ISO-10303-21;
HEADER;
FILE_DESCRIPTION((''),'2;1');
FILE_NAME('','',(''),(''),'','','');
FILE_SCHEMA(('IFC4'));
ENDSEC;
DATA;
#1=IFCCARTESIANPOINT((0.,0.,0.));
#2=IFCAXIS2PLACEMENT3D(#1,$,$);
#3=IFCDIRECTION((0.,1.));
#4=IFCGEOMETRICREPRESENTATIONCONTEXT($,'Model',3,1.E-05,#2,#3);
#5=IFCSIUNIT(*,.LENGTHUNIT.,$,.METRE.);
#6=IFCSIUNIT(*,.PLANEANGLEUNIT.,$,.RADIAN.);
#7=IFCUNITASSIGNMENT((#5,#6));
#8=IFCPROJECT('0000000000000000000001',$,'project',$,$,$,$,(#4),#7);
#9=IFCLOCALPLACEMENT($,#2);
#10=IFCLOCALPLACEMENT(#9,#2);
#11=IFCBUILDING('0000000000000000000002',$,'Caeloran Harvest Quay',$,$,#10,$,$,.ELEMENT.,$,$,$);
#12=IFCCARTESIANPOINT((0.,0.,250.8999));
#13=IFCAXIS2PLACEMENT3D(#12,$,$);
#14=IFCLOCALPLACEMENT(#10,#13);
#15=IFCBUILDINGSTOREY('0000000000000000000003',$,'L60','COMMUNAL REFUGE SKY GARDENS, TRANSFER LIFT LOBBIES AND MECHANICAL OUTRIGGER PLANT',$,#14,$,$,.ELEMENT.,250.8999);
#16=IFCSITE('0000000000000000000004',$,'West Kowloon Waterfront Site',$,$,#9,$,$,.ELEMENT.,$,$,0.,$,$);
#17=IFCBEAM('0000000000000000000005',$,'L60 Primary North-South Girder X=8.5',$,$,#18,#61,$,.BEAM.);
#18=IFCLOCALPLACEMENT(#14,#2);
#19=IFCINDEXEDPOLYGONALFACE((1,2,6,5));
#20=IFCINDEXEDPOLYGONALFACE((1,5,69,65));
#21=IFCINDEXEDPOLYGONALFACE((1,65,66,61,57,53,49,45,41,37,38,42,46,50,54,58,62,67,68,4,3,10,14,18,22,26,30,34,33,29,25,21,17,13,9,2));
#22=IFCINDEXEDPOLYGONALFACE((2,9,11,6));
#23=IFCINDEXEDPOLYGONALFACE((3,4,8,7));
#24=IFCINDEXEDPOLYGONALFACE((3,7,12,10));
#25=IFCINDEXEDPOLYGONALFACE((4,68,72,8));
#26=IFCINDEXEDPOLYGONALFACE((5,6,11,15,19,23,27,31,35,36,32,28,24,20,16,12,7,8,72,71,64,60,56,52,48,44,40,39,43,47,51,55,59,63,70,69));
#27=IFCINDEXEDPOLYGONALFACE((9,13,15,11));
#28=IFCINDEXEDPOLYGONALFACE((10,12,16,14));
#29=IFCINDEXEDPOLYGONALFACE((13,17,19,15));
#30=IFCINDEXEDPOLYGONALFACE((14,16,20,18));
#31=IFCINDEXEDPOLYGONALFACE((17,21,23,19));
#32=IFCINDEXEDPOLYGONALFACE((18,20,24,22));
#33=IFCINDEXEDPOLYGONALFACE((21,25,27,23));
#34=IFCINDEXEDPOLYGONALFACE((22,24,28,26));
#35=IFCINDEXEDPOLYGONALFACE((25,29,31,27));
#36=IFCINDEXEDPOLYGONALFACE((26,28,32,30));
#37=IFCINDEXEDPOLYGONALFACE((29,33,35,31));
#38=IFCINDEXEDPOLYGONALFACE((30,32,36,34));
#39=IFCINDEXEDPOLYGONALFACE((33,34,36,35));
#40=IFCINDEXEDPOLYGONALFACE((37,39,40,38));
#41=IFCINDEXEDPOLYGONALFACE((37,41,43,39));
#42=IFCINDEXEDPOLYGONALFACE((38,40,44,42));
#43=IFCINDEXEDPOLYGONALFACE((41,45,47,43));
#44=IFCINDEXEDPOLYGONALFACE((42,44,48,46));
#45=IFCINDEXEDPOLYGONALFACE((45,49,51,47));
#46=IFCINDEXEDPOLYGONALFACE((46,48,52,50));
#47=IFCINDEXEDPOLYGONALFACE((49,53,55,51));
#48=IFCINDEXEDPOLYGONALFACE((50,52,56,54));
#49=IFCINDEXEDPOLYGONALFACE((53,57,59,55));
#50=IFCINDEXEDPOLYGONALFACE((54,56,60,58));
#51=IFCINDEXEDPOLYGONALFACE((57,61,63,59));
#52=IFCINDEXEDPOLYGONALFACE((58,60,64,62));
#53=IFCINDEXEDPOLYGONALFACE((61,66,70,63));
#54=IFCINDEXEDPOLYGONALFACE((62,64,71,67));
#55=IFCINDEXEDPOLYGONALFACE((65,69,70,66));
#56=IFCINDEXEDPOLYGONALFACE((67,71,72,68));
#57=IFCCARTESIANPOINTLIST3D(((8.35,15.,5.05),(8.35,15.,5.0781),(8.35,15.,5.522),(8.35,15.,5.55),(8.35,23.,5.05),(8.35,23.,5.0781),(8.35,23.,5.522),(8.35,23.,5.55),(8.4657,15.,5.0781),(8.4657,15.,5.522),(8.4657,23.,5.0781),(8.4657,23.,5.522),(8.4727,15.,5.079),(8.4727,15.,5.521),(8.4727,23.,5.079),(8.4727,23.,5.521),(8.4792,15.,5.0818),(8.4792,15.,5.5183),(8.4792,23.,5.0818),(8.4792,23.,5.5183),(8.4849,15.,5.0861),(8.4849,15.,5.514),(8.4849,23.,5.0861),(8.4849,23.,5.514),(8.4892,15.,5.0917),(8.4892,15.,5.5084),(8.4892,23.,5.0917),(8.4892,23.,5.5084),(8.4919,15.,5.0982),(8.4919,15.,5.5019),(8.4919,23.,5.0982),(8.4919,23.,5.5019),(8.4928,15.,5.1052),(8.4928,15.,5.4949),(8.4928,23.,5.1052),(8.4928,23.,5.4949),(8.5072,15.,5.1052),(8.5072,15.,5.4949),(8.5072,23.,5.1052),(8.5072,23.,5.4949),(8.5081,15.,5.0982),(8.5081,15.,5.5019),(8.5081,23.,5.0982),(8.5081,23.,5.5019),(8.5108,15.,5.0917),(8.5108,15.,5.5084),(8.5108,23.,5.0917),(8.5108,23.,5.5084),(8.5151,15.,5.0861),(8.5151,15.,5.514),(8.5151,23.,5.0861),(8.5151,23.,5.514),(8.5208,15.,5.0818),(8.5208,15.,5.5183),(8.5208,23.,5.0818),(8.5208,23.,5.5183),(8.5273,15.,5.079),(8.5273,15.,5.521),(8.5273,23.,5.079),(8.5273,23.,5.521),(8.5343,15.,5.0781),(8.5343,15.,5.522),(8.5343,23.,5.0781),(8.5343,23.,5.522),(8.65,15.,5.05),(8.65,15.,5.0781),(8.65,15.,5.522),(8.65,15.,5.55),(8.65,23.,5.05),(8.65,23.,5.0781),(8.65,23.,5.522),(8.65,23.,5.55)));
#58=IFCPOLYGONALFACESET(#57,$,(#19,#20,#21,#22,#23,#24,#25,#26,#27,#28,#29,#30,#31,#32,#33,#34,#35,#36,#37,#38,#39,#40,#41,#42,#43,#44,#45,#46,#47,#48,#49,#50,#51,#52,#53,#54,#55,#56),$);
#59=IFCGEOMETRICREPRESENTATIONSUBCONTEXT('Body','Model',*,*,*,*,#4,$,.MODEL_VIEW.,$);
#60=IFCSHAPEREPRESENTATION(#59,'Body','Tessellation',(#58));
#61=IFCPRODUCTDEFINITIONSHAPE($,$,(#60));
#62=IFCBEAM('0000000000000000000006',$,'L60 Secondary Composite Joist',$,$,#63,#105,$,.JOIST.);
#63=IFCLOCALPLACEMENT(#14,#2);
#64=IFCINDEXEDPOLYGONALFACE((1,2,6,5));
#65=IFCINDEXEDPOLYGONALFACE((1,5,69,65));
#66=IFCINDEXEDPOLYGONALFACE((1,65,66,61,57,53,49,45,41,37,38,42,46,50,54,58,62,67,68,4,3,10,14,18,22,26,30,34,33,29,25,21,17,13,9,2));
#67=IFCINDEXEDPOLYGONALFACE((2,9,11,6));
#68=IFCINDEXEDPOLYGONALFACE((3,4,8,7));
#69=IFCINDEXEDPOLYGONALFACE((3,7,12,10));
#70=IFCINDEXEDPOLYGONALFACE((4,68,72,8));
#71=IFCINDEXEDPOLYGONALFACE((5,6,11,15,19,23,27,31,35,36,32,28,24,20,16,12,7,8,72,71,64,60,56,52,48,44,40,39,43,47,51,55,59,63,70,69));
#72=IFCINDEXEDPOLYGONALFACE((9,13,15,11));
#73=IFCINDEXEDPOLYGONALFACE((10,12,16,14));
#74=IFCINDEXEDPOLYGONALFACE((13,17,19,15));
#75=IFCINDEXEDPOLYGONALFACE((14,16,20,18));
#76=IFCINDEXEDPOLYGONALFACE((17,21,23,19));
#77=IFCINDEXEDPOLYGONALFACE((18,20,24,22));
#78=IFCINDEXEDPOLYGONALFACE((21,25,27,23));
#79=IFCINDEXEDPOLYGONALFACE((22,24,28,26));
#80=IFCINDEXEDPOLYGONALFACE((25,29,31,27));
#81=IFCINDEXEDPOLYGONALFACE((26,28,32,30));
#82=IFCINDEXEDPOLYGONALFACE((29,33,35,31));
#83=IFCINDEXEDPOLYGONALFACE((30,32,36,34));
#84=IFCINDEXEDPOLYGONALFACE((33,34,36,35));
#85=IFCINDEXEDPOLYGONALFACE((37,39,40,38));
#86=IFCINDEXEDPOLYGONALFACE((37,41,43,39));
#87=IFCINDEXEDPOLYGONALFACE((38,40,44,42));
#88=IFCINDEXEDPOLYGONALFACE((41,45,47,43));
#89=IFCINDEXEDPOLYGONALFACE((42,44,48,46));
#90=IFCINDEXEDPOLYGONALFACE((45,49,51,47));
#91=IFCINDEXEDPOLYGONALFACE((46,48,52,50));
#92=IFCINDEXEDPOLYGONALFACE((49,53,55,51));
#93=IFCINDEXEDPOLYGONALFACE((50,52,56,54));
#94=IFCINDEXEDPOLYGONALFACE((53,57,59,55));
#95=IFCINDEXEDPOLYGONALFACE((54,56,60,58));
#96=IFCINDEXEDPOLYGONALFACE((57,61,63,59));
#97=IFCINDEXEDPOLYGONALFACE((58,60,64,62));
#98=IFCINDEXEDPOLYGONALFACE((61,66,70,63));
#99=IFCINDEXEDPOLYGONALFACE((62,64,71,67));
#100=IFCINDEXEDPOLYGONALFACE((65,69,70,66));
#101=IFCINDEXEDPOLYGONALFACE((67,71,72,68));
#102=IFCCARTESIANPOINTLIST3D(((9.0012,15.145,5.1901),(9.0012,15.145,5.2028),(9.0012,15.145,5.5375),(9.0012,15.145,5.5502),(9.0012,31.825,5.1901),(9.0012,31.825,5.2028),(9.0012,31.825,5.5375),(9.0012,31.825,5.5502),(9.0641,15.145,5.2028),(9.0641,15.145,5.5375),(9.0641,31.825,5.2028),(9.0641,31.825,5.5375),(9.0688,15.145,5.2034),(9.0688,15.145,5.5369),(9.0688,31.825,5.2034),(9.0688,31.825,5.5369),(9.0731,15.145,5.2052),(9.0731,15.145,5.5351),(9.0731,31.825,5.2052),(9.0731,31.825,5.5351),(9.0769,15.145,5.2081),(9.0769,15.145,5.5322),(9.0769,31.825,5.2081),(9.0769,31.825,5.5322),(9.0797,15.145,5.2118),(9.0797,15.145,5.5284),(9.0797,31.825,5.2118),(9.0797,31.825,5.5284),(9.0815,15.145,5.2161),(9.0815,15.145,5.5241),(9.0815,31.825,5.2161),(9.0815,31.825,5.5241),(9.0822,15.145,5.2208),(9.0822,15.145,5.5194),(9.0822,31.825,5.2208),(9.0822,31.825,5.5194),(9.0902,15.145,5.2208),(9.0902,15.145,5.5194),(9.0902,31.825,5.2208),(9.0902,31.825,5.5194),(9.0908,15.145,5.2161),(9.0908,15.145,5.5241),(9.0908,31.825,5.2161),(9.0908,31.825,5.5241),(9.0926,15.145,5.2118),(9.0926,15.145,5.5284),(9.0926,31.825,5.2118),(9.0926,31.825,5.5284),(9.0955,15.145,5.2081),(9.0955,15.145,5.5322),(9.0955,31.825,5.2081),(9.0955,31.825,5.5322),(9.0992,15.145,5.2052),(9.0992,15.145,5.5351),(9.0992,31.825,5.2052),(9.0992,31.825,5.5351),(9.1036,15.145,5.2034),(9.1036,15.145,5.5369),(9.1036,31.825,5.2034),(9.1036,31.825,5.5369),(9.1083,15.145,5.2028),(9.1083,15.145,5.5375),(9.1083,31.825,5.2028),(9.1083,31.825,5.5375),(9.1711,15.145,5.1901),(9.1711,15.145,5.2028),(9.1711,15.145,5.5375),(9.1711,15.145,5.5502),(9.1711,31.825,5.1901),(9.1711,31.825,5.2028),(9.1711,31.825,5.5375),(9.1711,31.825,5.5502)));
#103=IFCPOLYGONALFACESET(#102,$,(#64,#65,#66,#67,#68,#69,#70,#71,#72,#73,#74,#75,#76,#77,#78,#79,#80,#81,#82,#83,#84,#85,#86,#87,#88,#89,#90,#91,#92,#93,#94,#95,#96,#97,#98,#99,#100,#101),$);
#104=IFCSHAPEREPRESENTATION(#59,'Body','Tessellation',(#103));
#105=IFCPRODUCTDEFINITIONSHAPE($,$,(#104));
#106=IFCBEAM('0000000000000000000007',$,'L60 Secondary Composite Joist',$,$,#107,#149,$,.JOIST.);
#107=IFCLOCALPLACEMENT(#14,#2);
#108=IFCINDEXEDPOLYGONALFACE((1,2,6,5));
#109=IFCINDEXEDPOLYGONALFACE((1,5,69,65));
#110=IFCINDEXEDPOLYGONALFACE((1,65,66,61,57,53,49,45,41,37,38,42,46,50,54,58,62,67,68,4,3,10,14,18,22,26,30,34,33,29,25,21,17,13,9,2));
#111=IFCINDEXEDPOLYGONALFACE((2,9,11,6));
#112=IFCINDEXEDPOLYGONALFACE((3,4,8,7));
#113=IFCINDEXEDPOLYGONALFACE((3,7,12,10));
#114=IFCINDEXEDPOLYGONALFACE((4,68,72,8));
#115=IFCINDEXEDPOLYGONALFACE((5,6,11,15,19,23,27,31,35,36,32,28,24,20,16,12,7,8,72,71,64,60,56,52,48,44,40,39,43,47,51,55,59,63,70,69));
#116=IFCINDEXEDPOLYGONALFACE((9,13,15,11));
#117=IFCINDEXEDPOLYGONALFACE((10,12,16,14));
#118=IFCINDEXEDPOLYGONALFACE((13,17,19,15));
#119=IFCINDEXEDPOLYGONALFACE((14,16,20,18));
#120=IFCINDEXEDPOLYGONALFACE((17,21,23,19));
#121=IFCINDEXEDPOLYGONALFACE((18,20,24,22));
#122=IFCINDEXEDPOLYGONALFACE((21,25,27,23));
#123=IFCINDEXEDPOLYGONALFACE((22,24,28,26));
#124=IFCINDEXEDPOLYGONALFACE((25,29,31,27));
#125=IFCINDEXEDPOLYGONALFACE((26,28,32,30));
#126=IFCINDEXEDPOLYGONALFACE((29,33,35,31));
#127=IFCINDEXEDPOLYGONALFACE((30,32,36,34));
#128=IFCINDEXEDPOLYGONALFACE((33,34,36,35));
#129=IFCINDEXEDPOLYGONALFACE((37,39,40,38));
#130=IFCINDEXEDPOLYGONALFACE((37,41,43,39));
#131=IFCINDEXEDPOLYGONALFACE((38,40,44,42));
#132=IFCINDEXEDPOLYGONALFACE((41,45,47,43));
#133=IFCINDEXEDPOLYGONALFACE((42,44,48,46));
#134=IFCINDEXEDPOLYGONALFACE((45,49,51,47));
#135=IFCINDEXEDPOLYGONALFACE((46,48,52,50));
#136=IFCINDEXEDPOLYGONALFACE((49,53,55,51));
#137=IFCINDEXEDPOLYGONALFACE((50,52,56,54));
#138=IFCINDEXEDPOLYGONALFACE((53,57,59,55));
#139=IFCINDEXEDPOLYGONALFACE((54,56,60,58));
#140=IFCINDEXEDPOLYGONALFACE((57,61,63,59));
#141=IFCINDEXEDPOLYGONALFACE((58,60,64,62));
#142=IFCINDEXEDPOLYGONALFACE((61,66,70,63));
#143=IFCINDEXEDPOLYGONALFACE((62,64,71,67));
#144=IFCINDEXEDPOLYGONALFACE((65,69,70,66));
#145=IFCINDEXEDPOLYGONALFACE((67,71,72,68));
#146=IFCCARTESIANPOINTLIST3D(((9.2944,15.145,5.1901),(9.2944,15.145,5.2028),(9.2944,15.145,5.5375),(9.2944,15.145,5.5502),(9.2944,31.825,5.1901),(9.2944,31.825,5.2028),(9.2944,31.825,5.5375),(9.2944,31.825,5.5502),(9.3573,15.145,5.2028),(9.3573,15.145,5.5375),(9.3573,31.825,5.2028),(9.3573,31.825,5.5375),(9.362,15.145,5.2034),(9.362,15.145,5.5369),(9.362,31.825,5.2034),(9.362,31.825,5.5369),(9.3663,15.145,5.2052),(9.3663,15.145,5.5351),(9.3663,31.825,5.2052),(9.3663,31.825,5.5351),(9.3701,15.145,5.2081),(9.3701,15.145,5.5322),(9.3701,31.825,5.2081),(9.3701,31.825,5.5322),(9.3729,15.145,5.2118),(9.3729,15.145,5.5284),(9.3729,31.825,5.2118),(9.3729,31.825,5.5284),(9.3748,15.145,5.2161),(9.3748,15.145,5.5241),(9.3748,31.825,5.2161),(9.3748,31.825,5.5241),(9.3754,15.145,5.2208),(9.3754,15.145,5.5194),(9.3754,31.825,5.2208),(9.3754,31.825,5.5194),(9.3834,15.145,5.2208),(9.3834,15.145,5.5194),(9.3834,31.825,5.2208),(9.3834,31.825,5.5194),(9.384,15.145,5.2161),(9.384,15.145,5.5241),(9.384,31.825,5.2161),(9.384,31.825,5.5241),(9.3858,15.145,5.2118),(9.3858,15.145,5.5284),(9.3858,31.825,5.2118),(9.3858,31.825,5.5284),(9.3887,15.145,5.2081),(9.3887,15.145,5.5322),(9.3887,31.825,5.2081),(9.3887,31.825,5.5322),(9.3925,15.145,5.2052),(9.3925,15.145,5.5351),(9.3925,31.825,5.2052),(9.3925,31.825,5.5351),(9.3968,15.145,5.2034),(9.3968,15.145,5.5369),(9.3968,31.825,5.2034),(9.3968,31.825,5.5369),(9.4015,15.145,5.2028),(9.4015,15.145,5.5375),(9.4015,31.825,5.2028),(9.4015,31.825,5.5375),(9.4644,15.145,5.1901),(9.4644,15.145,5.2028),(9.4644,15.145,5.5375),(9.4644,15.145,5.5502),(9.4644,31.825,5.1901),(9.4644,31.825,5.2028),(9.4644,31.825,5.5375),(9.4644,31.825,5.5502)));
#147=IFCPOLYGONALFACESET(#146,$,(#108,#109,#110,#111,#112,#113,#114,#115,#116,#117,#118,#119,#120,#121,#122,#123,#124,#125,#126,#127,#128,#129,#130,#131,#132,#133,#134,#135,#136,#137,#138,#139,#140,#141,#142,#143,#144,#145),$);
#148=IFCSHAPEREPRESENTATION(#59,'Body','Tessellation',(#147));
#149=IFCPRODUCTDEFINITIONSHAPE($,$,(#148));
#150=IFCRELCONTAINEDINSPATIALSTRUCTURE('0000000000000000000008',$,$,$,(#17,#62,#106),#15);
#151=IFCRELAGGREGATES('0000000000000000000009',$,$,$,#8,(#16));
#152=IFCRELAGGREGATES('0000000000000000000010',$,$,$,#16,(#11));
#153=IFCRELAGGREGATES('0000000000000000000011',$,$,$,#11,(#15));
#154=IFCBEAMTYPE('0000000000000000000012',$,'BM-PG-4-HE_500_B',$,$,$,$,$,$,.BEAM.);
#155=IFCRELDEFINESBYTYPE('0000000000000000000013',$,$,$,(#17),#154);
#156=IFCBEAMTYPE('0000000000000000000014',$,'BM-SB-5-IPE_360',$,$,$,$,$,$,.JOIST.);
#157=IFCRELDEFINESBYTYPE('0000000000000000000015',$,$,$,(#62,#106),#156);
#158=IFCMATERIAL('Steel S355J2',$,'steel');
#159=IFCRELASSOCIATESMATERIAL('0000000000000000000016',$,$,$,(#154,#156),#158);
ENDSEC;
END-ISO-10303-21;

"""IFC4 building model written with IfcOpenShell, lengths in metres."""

from ifc_helpers import new_model, si_unit, direction, frame, origin, origin_2d, place, context, subcontext, project, spatial, i_section, extrude, material, material_profile, profile_set, type_object, element, save


model = new_model("IFC4")

# Units and contexts
model_context = context("Model", 3, precision=1e-05, world=origin(), true_north=direction((0.0, 1.0)))
body_context = subcontext(model_context, "Body", "Model", "MODEL_VIEW")
ifc_project = project(units=[si_unit("LENGTHUNIT", "METRE"), si_unit("PLANEANGLEUNIT", "RADIAN")], contexts=[model_context])

# Site, building, storey
site_placement = place(None, origin())
site = spatial("IfcSite", under=ifc_project, at=site_placement, Name="West Kowloon Waterfront Site", CompositionType="ELEMENT", RefElevation=0.0)
building_placement = place(site_placement, origin())
building = spatial("IfcBuilding", under=site, at=building_placement, Name="Caeloran Harvest Quay", CompositionType="ELEMENT")
storey_placement = place(building_placement, frame((0.0, 0.0, 250.8999)))
storey = spatial("IfcBuildingStorey", under=building, at=storey_placement, Name="L60", Description="COMMUNAL REFUGE SKY GARDENS, TRANSFER LIFT LOBBIES AND MECHANICAL OUTRIGGER PLANT", CompositionType="ELEMENT", Elevation=250.8999)

# Beams
ifc_material_1 = material(Name="Steel S355J2", Category="steel")
ifc_material_profile_1 = material_profile(ifc_material_1, i_section(OverallWidth=0.3, OverallDepth=0.5, WebThickness=0.0144, FlangeThickness=0.0281, FilletRadius=0.0271, at=origin_2d()), Name="HE 500 B")
ifc_profile_set_1 = profile_set([ifc_material_profile_1], Name="Steel S355J2")
beam_type_1 = type_object("IfcBeamType", Name="BM-PG-4-HE_500_B", PredefinedType="BEAM", material=ifc_profile_set_1)
beam_1_placement = place(storey_placement, frame((8.5, 15.0, 5.3), z_axis=(0.0, 1.0, 0.0), x_axis=(-1.0, 0.0, 0.0)))
element("IfcBeam", 1, at=beam_1_placement, inside=storey, type_object=beam_type_1, Name="L60 Primary North-South Girder X=8.5", PredefinedType="BEAM", context=body_context, shape_type="SweptSolid", body=[
    extrude(i_section(OverallWidth=0.3, OverallDepth=0.5, WebThickness=0.0144, FlangeThickness=0.0281, FilletRadius=0.0271, at=origin_2d()), origin(), (0.0, 0.0, 1.0), 8.0),
])
ifc_material_profile_2 = material_profile(ifc_material_1, i_section(OverallWidth=0.1699, OverallDepth=0.3601, WebThickness=0.0081, FlangeThickness=0.0127, FilletRadius=0.0181, at=origin_2d()), Name="IPE 360")
ifc_profile_set_2 = profile_set([ifc_material_profile_2], Name="Steel S355J2")
beam_type_2 = type_object("IfcBeamType", Name="BM-SB-5-IPE_360", PredefinedType="JOIST", material=ifc_profile_set_2)
for number, where, z_axis, x_axis, name in (
    (2, (9.0862, 15.145, 5.3701), (0.0, 1.0, 0.0), (-1.0, 0.0, 0.0), "L60 Secondary Composite Joist"),
    (3, (9.3794, 15.145, 5.3701), (0.0, 1.0, 0.0), (-1.0, 0.0, 0.0), "L60 Secondary Composite Joist"),
):
    element("IfcBeam", number, at=place(storey_placement, frame(where, z_axis=z_axis, x_axis=x_axis)), inside=storey, type_object=beam_type_2, Name=name, PredefinedType="JOIST", context=body_context, shape_type="SweptSolid", body=[
        extrude(i_section(OverallWidth=0.1699, OverallDepth=0.3601, WebThickness=0.0081, FlangeThickness=0.0127, FilletRadius=0.0181, at=origin_2d()), origin(), (0.0, 0.0, 1.0), 16.6799),
    ])

save(model, "model.ifc")
